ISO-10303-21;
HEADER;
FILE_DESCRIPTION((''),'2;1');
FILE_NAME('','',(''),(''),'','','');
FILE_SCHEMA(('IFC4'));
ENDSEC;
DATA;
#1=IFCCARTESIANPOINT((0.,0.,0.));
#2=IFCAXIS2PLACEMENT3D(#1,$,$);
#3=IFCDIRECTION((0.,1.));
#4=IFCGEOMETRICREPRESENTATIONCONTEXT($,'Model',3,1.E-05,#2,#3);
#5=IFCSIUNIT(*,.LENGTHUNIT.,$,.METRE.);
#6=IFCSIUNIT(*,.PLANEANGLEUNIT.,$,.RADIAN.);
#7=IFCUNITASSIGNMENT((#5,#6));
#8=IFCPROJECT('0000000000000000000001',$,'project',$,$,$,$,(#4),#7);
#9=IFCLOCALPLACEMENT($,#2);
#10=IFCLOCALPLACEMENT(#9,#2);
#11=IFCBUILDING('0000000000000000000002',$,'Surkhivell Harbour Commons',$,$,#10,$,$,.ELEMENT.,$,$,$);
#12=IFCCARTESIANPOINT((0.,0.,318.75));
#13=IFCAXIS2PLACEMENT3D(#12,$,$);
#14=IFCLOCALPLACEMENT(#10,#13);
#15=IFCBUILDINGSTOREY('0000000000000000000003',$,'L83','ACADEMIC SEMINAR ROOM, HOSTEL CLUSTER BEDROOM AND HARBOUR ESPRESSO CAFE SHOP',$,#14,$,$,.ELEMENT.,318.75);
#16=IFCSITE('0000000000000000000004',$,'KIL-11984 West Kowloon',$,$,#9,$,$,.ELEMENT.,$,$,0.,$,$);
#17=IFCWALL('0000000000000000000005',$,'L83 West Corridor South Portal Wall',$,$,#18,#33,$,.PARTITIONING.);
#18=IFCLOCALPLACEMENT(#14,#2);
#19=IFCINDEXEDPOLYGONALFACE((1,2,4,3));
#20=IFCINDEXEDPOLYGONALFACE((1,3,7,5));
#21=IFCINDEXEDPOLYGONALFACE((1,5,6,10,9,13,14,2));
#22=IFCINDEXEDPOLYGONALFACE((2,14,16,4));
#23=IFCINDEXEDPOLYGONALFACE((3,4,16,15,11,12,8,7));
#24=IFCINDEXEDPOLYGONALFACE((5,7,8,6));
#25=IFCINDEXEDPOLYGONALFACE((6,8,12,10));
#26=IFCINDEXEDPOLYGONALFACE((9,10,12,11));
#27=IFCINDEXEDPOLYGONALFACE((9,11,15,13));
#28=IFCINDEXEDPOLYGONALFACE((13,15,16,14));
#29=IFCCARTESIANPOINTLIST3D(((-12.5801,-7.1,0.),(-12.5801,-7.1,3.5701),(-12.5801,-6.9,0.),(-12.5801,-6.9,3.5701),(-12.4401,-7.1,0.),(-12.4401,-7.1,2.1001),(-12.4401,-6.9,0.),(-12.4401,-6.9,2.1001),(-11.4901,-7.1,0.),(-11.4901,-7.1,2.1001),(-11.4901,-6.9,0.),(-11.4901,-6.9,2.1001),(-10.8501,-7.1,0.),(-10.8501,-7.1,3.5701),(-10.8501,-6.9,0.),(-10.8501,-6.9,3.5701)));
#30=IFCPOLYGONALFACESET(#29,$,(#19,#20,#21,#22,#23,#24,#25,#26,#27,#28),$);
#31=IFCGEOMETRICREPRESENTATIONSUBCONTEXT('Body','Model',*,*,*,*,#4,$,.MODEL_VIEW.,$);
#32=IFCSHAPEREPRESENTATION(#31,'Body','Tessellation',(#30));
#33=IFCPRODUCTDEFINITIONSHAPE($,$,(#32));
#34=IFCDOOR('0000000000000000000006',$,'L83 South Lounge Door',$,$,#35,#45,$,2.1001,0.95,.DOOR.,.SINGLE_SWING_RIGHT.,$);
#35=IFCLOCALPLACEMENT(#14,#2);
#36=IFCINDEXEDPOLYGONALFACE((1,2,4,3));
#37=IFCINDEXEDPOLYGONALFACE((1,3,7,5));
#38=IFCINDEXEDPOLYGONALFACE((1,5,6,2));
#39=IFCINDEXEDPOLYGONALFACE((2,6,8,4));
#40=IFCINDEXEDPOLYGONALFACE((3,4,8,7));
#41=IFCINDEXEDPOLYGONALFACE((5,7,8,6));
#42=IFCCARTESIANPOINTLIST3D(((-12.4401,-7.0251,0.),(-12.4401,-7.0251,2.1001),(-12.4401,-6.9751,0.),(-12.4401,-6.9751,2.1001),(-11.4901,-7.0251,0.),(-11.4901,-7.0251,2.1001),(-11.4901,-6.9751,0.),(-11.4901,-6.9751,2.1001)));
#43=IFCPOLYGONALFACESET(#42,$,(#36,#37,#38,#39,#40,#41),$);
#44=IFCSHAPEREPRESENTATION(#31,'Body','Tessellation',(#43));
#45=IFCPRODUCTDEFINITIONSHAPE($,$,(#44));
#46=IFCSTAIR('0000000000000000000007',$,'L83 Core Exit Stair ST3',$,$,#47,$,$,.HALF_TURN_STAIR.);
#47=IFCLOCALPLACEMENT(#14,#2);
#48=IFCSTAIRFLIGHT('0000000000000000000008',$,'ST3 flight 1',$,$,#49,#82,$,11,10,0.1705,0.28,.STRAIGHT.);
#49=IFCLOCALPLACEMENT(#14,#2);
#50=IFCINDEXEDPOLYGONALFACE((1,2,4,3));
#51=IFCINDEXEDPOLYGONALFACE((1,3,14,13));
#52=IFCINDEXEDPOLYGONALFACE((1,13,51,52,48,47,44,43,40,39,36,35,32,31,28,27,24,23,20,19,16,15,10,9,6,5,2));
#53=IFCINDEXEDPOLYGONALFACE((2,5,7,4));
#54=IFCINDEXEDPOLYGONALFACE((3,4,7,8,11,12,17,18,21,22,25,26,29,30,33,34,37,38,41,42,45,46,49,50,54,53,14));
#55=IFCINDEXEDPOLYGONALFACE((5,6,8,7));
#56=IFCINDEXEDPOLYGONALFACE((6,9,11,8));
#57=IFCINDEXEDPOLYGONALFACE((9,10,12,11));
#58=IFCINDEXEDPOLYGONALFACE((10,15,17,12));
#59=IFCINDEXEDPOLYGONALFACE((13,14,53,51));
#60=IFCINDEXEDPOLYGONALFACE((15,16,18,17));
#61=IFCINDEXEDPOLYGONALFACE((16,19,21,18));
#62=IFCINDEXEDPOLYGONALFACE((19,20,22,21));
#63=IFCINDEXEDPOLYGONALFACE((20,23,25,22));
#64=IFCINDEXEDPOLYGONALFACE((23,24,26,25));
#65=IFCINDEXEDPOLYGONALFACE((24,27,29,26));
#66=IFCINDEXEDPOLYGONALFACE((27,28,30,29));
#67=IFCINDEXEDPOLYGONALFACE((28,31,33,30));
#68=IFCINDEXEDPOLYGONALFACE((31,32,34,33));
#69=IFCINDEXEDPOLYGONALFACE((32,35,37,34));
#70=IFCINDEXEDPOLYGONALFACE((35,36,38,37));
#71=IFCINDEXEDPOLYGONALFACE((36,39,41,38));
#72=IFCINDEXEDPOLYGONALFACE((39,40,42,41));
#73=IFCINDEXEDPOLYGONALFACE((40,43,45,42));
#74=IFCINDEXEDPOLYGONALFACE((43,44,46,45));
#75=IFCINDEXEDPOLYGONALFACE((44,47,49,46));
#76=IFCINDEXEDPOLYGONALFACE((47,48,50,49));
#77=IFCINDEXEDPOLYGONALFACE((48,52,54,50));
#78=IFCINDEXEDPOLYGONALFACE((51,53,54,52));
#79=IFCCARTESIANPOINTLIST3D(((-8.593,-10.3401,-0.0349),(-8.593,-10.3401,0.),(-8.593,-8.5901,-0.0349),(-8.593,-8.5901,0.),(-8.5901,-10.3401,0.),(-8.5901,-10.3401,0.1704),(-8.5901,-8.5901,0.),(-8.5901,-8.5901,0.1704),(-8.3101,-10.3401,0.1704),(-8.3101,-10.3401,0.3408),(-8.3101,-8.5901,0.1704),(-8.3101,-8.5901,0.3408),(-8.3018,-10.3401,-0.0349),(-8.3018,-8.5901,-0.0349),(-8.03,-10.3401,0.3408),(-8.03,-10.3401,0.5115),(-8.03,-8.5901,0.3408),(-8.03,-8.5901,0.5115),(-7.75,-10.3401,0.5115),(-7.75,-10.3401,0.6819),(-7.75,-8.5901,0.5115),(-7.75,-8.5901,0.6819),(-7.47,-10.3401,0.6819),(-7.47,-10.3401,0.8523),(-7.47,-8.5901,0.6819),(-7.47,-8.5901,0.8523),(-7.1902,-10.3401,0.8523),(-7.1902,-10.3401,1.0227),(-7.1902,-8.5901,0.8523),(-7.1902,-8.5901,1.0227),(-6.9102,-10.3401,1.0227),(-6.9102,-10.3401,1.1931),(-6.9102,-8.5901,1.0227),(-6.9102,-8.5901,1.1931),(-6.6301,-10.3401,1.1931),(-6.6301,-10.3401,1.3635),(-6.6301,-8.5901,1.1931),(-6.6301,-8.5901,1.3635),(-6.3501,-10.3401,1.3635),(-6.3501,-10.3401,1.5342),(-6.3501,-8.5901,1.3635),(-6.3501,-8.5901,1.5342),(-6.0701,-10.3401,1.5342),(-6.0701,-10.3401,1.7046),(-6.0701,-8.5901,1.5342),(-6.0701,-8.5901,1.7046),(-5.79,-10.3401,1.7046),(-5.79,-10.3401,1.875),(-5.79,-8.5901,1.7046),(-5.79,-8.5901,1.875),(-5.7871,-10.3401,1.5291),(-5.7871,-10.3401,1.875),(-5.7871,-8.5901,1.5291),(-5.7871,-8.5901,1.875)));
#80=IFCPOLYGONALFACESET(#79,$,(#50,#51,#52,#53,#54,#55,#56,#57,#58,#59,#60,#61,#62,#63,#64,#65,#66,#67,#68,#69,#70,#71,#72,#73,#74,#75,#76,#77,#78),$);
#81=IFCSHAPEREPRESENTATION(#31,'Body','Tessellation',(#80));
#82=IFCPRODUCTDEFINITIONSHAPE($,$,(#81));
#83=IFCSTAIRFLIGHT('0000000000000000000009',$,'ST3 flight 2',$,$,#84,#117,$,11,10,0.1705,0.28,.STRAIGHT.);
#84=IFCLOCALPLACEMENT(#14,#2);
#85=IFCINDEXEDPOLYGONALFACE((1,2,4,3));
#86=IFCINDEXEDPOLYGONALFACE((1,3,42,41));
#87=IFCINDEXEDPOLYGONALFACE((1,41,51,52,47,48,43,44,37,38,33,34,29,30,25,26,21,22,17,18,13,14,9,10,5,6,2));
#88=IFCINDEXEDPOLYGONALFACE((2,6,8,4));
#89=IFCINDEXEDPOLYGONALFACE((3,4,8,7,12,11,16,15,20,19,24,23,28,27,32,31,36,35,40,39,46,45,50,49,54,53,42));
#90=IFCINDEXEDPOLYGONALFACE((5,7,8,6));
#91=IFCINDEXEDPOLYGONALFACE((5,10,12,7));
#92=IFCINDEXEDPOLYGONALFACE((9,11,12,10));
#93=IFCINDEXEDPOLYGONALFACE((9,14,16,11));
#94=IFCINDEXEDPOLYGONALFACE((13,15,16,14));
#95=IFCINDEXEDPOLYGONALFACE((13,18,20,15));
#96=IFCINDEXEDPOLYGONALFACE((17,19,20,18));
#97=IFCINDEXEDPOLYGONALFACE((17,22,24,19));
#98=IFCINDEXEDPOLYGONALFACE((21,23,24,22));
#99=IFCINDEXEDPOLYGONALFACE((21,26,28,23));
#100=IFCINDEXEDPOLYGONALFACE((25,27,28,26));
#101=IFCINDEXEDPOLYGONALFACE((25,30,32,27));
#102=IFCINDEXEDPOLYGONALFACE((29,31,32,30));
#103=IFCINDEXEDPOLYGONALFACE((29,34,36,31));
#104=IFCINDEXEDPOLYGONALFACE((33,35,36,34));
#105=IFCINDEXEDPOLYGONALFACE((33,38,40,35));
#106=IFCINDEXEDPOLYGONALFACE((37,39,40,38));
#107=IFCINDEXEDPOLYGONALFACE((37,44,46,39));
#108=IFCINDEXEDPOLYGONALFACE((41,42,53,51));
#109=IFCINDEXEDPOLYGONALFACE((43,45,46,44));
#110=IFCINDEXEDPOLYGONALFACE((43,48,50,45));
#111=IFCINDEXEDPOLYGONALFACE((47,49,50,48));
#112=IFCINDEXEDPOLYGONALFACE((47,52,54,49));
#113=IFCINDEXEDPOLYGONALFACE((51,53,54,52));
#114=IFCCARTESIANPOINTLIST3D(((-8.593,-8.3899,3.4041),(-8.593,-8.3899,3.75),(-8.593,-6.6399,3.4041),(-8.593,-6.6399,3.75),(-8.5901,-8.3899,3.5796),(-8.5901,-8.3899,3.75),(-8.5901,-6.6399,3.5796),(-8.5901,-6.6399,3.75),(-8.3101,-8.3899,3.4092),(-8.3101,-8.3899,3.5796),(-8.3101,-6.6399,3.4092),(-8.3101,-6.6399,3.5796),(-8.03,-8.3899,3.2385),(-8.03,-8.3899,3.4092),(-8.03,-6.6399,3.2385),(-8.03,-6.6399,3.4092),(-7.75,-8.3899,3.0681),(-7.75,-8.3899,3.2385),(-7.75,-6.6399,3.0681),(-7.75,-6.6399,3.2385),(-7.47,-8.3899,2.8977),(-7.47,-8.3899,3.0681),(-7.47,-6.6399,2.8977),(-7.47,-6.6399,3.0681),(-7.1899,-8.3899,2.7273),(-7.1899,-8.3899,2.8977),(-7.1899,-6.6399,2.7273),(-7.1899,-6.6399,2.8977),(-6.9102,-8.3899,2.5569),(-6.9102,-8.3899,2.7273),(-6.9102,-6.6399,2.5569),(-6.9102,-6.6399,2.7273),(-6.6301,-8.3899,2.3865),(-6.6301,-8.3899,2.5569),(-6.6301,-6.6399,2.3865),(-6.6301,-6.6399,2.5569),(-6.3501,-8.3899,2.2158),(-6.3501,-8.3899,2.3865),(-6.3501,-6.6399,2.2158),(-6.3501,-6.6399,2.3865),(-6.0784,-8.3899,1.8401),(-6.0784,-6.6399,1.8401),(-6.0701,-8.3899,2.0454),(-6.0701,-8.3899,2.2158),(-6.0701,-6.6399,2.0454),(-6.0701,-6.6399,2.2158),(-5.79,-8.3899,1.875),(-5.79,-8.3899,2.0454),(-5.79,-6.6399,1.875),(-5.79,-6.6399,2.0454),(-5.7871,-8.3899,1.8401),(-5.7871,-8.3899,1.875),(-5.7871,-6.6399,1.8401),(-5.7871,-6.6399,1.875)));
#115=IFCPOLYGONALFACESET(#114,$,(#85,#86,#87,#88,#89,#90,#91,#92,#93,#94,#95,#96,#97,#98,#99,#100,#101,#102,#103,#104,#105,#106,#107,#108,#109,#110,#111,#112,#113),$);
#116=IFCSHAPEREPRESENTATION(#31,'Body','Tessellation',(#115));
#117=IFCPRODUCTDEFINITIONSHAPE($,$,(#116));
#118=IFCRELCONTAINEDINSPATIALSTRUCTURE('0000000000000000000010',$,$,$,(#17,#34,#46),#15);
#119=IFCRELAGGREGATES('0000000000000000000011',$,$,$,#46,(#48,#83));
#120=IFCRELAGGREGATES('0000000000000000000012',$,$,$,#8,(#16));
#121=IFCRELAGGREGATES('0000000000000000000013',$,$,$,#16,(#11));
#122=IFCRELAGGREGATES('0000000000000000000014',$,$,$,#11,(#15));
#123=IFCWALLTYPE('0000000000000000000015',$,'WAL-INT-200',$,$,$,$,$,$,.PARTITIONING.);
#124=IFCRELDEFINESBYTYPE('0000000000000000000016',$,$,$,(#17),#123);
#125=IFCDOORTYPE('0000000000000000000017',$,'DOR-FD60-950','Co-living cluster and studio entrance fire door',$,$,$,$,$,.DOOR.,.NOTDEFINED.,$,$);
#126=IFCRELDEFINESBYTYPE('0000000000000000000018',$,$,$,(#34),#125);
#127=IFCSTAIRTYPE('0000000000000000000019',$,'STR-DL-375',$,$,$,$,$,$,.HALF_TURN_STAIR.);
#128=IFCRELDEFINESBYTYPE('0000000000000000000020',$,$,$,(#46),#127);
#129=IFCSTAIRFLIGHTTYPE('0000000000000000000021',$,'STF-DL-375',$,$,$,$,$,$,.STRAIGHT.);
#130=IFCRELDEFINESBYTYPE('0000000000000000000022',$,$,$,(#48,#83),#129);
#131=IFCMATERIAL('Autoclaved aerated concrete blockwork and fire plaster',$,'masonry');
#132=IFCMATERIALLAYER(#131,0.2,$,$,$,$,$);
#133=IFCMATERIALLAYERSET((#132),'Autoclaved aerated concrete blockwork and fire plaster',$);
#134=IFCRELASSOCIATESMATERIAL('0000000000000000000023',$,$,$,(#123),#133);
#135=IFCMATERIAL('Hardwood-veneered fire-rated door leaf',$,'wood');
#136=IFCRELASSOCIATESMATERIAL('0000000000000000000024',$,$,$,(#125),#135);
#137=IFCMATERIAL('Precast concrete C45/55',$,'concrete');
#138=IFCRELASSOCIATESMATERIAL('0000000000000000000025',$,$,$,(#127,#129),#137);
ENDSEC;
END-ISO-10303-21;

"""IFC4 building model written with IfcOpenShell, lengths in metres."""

from ifc_helpers import new_model, si_unit, direction, frame, frame_2d, origin, place, context, subcontext, project, spatial, polyline, rectangle, outline, extrude, material, layer, layer_set, type_object, element, fill, aggregate, save


model = new_model("IFC4")

# Units and contexts
model_context = context("Model", 3, precision=1e-05, world=origin(), true_north=direction((0.0, 1.0)))
body_context = subcontext(model_context, "Body", "Model", "MODEL_VIEW")
ifc_project = project(units=[si_unit("LENGTHUNIT", "METRE"), si_unit("PLANEANGLEUNIT", "RADIAN")], contexts=[model_context])

# Site, building, storey
site_placement = place(None, origin())
site = spatial("IfcSite", under=ifc_project, at=site_placement, Name="KIL-11984 West Kowloon", CompositionType="ELEMENT", RefElevation=0.0)
building_placement = place(site_placement, origin())
building = spatial("IfcBuilding", under=site, at=building_placement, Name="Surkhivell Harbour Commons", CompositionType="ELEMENT")
storey_placement = place(building_placement, frame((0.0, 0.0, 318.75)))
storey = spatial("IfcBuildingStorey", under=building, at=storey_placement, Name="L83", Description="ACADEMIC SEMINAR ROOM, HOSTEL CLUSTER BEDROOM AND HARBOUR ESPRESSO CAFE SHOP", CompositionType="ELEMENT", Elevation=318.75)

# Shared definitions
ifc_material_1 = material(Name="Autoclaved aerated concrete blockwork and fire plaster", Category="masonry")
ifc_layer_1 = layer(ifc_material_1, 0.2)
ifc_layer_set_1 = layer_set([ifc_layer_1], Name="Autoclaved aerated concrete blockwork and fire plaster")
wall_type_1 = type_object("IfcWallType", Name="WAL-INT-200", PredefinedType="PARTITIONING", material=ifc_layer_set_1)
ifc_material_2 = material(Name="Hardwood-veneered fire-rated door leaf", Category="wood")
door_type_1 = type_object("IfcDoorType", Name="DOR-FD60-950", Description="Co-living cluster and studio entrance fire door", OperationType="NOTDEFINED", PredefinedType="DOOR", material=ifc_material_2)

# Wall, opening, door
wall_1_placement = place(storey_placement, frame((-12.5801, -7.0, 0.0), z_axis=(0.0, 0.0, 1.0), x_axis=(1.0, 0.0, 0.0)))
wall_1 = element("IfcWall", 1, at=wall_1_placement, inside=storey, type_object=wall_type_1, Name="L83 West Corridor South Portal Wall", PredefinedType="PARTITIONING", context=body_context, shape_type="SweptSolid", body=[
    extrude(rectangle(XDim=1.73, YDim=0.2, at=frame_2d((0.865, 0.0))), origin(), (0.0, 0.0, 1.0), 3.5701),
])
opening_1_placement = place(wall_1_placement, frame((0.1399, 0.0, 0.0)))
opening_1 = element("IfcOpeningElement", 2, at=opening_1_placement, cuts=wall_1, PredefinedType="OPENING", context=body_context, shape_type="SweptSolid", body=[
    extrude(rectangle(XDim=0.95, YDim=2.1001, at=frame_2d((0.4751, 1.05))), frame((0.0, 0.1099, 0.0), z_axis=(0.0, -1.0, 0.0), x_axis=(1.0, 0.0, 0.0)), (0.0, 0.0, 1.0), 0.22),
])
door_1_placement = place(opening_1_placement, origin())
door_1 = element("IfcDoor", 3, at=door_1_placement, inside=storey, type_object=door_type_1, Name="L83 South Lounge Door", OperationType="SINGLE_SWING_RIGHT", OverallHeight=2.1001, OverallWidth=0.95, PredefinedType="DOOR", context=body_context, shape_type="SweptSolid", body=[
    extrude(rectangle(XDim=0.95, YDim=2.1001, at=frame_2d((0.4751, 1.05))), frame((0.0, 0.0249, 0.0), z_axis=(0.0, -1.0, 0.0), x_axis=(1.0, 0.0, 0.0)), (0.0, 0.0, 1.0), 0.05),
])
fill(opening_1, door_1)

# Stair, stair flights
ifc_material_3 = material(Name="Precast concrete C45/55", Category="concrete")
stair_type = type_object("IfcStairType", Name="STR-DL-375", PredefinedType="HALF_TURN_STAIR", material=ifc_material_3)
stair_placement = place(storey_placement, origin())
stair = element("IfcStair", 4, at=stair_placement, inside=storey, type_object=stair_type, Name="L83 Core Exit Stair ST3", PredefinedType="HALF_TURN_STAIR")
stair_flight_type = type_object("IfcStairFlightType", Name="STF-DL-375", PredefinedType="STRAIGHT", material=ifc_material_3)
stair_flight_1_placement = place(storey_placement, frame((-8.5901, -9.4651, 0.0), z_axis=(0.0, 0.0, 1.0), x_axis=(1.0, 0.0, 0.0)))
stair_flight_1 = element("IfcStairFlight", 5, at=stair_flight_1_placement, type_object=stair_flight_type, Name="ST3 flight 1", NumberOfRisers=11, NumberOfTreads=10, PredefinedType="STRAIGHT", RiserHeight=0.1705, TreadLength=0.28, context=body_context, shape_type="SweptSolid", body=[
    extrude(outline(polyline([(-0.0029, -0.0349), (-0.0029, 0.0), (0.0, 0.0), (0.0, 0.1704), (0.28, 0.1704), (0.28, 0.3408), (0.5601, 0.3408), (0.5601, 0.5115), (0.8401, 0.5115), (0.8401, 0.6819), (1.1201, 0.6819), (1.1201, 0.8523), (1.3999, 0.8523), (1.3999, 1.0227), (1.6799, 1.0227), (1.6799, 1.1931), (1.96, 1.1931), (1.96, 1.3635), (2.24, 1.3635), (2.24, 1.5342), (2.52, 1.5342), (2.52, 1.7046), (2.8, 1.7046), (2.8, 1.875), (2.803, 1.875), (2.803, 1.5291), (0.2883, -0.0349), (-0.0029, -0.0349)])), frame((0.0, 0.875, 0.0), z_axis=(0.0, -1.0, 0.0), x_axis=(1.0, 0.0, 0.0)), (0.0, 0.0, 1.0), 1.75),
])
stair_flight_2_placement = place(storey_placement, frame((-5.79, -7.5149, 1.875), z_axis=(0.0, 0.0, 1.0), x_axis=(-1.0, 0.0, 0.0)))
stair_flight_2 = element("IfcStairFlight", 6, at=stair_flight_2_placement, type_object=stair_flight_type, Name="ST3 flight 2", NumberOfRisers=11, NumberOfTreads=10, PredefinedType="STRAIGHT", RiserHeight=0.1705, TreadLength=0.28, context=body_context, shape_type="SweptSolid", body=[
    extrude(outline(polyline([(-0.0029, -0.0349), (-0.0029, 0.0), (0.0, 0.0), (0.0, 0.1704), (0.28, 0.1704), (0.28, 0.3408), (0.5601, 0.3408), (0.5601, 0.5115), (0.8401, 0.5115), (0.8401, 0.6819), (1.1201, 0.6819), (1.1201, 0.8523), (1.3999, 0.8523), (1.3999, 1.0227), (1.6799, 1.0227), (1.6799, 1.1931), (1.96, 1.1931), (1.96, 1.3635), (2.24, 1.3635), (2.24, 1.5342), (2.52, 1.5342), (2.52, 1.7046), (2.8, 1.7046), (2.8, 1.875), (2.803, 1.875), (2.803, 1.5291), (0.2883, -0.0349), (-0.0029, -0.0349)])), frame((0.0, 0.875, 0.0), z_axis=(0.0, -1.0, 0.0), x_axis=(1.0, 0.0, 0.0)), (0.0, 0.0, 1.0), 1.75),
])
aggregate(stair, [stair_flight_1, stair_flight_2])

save(model, "model.ifc")
